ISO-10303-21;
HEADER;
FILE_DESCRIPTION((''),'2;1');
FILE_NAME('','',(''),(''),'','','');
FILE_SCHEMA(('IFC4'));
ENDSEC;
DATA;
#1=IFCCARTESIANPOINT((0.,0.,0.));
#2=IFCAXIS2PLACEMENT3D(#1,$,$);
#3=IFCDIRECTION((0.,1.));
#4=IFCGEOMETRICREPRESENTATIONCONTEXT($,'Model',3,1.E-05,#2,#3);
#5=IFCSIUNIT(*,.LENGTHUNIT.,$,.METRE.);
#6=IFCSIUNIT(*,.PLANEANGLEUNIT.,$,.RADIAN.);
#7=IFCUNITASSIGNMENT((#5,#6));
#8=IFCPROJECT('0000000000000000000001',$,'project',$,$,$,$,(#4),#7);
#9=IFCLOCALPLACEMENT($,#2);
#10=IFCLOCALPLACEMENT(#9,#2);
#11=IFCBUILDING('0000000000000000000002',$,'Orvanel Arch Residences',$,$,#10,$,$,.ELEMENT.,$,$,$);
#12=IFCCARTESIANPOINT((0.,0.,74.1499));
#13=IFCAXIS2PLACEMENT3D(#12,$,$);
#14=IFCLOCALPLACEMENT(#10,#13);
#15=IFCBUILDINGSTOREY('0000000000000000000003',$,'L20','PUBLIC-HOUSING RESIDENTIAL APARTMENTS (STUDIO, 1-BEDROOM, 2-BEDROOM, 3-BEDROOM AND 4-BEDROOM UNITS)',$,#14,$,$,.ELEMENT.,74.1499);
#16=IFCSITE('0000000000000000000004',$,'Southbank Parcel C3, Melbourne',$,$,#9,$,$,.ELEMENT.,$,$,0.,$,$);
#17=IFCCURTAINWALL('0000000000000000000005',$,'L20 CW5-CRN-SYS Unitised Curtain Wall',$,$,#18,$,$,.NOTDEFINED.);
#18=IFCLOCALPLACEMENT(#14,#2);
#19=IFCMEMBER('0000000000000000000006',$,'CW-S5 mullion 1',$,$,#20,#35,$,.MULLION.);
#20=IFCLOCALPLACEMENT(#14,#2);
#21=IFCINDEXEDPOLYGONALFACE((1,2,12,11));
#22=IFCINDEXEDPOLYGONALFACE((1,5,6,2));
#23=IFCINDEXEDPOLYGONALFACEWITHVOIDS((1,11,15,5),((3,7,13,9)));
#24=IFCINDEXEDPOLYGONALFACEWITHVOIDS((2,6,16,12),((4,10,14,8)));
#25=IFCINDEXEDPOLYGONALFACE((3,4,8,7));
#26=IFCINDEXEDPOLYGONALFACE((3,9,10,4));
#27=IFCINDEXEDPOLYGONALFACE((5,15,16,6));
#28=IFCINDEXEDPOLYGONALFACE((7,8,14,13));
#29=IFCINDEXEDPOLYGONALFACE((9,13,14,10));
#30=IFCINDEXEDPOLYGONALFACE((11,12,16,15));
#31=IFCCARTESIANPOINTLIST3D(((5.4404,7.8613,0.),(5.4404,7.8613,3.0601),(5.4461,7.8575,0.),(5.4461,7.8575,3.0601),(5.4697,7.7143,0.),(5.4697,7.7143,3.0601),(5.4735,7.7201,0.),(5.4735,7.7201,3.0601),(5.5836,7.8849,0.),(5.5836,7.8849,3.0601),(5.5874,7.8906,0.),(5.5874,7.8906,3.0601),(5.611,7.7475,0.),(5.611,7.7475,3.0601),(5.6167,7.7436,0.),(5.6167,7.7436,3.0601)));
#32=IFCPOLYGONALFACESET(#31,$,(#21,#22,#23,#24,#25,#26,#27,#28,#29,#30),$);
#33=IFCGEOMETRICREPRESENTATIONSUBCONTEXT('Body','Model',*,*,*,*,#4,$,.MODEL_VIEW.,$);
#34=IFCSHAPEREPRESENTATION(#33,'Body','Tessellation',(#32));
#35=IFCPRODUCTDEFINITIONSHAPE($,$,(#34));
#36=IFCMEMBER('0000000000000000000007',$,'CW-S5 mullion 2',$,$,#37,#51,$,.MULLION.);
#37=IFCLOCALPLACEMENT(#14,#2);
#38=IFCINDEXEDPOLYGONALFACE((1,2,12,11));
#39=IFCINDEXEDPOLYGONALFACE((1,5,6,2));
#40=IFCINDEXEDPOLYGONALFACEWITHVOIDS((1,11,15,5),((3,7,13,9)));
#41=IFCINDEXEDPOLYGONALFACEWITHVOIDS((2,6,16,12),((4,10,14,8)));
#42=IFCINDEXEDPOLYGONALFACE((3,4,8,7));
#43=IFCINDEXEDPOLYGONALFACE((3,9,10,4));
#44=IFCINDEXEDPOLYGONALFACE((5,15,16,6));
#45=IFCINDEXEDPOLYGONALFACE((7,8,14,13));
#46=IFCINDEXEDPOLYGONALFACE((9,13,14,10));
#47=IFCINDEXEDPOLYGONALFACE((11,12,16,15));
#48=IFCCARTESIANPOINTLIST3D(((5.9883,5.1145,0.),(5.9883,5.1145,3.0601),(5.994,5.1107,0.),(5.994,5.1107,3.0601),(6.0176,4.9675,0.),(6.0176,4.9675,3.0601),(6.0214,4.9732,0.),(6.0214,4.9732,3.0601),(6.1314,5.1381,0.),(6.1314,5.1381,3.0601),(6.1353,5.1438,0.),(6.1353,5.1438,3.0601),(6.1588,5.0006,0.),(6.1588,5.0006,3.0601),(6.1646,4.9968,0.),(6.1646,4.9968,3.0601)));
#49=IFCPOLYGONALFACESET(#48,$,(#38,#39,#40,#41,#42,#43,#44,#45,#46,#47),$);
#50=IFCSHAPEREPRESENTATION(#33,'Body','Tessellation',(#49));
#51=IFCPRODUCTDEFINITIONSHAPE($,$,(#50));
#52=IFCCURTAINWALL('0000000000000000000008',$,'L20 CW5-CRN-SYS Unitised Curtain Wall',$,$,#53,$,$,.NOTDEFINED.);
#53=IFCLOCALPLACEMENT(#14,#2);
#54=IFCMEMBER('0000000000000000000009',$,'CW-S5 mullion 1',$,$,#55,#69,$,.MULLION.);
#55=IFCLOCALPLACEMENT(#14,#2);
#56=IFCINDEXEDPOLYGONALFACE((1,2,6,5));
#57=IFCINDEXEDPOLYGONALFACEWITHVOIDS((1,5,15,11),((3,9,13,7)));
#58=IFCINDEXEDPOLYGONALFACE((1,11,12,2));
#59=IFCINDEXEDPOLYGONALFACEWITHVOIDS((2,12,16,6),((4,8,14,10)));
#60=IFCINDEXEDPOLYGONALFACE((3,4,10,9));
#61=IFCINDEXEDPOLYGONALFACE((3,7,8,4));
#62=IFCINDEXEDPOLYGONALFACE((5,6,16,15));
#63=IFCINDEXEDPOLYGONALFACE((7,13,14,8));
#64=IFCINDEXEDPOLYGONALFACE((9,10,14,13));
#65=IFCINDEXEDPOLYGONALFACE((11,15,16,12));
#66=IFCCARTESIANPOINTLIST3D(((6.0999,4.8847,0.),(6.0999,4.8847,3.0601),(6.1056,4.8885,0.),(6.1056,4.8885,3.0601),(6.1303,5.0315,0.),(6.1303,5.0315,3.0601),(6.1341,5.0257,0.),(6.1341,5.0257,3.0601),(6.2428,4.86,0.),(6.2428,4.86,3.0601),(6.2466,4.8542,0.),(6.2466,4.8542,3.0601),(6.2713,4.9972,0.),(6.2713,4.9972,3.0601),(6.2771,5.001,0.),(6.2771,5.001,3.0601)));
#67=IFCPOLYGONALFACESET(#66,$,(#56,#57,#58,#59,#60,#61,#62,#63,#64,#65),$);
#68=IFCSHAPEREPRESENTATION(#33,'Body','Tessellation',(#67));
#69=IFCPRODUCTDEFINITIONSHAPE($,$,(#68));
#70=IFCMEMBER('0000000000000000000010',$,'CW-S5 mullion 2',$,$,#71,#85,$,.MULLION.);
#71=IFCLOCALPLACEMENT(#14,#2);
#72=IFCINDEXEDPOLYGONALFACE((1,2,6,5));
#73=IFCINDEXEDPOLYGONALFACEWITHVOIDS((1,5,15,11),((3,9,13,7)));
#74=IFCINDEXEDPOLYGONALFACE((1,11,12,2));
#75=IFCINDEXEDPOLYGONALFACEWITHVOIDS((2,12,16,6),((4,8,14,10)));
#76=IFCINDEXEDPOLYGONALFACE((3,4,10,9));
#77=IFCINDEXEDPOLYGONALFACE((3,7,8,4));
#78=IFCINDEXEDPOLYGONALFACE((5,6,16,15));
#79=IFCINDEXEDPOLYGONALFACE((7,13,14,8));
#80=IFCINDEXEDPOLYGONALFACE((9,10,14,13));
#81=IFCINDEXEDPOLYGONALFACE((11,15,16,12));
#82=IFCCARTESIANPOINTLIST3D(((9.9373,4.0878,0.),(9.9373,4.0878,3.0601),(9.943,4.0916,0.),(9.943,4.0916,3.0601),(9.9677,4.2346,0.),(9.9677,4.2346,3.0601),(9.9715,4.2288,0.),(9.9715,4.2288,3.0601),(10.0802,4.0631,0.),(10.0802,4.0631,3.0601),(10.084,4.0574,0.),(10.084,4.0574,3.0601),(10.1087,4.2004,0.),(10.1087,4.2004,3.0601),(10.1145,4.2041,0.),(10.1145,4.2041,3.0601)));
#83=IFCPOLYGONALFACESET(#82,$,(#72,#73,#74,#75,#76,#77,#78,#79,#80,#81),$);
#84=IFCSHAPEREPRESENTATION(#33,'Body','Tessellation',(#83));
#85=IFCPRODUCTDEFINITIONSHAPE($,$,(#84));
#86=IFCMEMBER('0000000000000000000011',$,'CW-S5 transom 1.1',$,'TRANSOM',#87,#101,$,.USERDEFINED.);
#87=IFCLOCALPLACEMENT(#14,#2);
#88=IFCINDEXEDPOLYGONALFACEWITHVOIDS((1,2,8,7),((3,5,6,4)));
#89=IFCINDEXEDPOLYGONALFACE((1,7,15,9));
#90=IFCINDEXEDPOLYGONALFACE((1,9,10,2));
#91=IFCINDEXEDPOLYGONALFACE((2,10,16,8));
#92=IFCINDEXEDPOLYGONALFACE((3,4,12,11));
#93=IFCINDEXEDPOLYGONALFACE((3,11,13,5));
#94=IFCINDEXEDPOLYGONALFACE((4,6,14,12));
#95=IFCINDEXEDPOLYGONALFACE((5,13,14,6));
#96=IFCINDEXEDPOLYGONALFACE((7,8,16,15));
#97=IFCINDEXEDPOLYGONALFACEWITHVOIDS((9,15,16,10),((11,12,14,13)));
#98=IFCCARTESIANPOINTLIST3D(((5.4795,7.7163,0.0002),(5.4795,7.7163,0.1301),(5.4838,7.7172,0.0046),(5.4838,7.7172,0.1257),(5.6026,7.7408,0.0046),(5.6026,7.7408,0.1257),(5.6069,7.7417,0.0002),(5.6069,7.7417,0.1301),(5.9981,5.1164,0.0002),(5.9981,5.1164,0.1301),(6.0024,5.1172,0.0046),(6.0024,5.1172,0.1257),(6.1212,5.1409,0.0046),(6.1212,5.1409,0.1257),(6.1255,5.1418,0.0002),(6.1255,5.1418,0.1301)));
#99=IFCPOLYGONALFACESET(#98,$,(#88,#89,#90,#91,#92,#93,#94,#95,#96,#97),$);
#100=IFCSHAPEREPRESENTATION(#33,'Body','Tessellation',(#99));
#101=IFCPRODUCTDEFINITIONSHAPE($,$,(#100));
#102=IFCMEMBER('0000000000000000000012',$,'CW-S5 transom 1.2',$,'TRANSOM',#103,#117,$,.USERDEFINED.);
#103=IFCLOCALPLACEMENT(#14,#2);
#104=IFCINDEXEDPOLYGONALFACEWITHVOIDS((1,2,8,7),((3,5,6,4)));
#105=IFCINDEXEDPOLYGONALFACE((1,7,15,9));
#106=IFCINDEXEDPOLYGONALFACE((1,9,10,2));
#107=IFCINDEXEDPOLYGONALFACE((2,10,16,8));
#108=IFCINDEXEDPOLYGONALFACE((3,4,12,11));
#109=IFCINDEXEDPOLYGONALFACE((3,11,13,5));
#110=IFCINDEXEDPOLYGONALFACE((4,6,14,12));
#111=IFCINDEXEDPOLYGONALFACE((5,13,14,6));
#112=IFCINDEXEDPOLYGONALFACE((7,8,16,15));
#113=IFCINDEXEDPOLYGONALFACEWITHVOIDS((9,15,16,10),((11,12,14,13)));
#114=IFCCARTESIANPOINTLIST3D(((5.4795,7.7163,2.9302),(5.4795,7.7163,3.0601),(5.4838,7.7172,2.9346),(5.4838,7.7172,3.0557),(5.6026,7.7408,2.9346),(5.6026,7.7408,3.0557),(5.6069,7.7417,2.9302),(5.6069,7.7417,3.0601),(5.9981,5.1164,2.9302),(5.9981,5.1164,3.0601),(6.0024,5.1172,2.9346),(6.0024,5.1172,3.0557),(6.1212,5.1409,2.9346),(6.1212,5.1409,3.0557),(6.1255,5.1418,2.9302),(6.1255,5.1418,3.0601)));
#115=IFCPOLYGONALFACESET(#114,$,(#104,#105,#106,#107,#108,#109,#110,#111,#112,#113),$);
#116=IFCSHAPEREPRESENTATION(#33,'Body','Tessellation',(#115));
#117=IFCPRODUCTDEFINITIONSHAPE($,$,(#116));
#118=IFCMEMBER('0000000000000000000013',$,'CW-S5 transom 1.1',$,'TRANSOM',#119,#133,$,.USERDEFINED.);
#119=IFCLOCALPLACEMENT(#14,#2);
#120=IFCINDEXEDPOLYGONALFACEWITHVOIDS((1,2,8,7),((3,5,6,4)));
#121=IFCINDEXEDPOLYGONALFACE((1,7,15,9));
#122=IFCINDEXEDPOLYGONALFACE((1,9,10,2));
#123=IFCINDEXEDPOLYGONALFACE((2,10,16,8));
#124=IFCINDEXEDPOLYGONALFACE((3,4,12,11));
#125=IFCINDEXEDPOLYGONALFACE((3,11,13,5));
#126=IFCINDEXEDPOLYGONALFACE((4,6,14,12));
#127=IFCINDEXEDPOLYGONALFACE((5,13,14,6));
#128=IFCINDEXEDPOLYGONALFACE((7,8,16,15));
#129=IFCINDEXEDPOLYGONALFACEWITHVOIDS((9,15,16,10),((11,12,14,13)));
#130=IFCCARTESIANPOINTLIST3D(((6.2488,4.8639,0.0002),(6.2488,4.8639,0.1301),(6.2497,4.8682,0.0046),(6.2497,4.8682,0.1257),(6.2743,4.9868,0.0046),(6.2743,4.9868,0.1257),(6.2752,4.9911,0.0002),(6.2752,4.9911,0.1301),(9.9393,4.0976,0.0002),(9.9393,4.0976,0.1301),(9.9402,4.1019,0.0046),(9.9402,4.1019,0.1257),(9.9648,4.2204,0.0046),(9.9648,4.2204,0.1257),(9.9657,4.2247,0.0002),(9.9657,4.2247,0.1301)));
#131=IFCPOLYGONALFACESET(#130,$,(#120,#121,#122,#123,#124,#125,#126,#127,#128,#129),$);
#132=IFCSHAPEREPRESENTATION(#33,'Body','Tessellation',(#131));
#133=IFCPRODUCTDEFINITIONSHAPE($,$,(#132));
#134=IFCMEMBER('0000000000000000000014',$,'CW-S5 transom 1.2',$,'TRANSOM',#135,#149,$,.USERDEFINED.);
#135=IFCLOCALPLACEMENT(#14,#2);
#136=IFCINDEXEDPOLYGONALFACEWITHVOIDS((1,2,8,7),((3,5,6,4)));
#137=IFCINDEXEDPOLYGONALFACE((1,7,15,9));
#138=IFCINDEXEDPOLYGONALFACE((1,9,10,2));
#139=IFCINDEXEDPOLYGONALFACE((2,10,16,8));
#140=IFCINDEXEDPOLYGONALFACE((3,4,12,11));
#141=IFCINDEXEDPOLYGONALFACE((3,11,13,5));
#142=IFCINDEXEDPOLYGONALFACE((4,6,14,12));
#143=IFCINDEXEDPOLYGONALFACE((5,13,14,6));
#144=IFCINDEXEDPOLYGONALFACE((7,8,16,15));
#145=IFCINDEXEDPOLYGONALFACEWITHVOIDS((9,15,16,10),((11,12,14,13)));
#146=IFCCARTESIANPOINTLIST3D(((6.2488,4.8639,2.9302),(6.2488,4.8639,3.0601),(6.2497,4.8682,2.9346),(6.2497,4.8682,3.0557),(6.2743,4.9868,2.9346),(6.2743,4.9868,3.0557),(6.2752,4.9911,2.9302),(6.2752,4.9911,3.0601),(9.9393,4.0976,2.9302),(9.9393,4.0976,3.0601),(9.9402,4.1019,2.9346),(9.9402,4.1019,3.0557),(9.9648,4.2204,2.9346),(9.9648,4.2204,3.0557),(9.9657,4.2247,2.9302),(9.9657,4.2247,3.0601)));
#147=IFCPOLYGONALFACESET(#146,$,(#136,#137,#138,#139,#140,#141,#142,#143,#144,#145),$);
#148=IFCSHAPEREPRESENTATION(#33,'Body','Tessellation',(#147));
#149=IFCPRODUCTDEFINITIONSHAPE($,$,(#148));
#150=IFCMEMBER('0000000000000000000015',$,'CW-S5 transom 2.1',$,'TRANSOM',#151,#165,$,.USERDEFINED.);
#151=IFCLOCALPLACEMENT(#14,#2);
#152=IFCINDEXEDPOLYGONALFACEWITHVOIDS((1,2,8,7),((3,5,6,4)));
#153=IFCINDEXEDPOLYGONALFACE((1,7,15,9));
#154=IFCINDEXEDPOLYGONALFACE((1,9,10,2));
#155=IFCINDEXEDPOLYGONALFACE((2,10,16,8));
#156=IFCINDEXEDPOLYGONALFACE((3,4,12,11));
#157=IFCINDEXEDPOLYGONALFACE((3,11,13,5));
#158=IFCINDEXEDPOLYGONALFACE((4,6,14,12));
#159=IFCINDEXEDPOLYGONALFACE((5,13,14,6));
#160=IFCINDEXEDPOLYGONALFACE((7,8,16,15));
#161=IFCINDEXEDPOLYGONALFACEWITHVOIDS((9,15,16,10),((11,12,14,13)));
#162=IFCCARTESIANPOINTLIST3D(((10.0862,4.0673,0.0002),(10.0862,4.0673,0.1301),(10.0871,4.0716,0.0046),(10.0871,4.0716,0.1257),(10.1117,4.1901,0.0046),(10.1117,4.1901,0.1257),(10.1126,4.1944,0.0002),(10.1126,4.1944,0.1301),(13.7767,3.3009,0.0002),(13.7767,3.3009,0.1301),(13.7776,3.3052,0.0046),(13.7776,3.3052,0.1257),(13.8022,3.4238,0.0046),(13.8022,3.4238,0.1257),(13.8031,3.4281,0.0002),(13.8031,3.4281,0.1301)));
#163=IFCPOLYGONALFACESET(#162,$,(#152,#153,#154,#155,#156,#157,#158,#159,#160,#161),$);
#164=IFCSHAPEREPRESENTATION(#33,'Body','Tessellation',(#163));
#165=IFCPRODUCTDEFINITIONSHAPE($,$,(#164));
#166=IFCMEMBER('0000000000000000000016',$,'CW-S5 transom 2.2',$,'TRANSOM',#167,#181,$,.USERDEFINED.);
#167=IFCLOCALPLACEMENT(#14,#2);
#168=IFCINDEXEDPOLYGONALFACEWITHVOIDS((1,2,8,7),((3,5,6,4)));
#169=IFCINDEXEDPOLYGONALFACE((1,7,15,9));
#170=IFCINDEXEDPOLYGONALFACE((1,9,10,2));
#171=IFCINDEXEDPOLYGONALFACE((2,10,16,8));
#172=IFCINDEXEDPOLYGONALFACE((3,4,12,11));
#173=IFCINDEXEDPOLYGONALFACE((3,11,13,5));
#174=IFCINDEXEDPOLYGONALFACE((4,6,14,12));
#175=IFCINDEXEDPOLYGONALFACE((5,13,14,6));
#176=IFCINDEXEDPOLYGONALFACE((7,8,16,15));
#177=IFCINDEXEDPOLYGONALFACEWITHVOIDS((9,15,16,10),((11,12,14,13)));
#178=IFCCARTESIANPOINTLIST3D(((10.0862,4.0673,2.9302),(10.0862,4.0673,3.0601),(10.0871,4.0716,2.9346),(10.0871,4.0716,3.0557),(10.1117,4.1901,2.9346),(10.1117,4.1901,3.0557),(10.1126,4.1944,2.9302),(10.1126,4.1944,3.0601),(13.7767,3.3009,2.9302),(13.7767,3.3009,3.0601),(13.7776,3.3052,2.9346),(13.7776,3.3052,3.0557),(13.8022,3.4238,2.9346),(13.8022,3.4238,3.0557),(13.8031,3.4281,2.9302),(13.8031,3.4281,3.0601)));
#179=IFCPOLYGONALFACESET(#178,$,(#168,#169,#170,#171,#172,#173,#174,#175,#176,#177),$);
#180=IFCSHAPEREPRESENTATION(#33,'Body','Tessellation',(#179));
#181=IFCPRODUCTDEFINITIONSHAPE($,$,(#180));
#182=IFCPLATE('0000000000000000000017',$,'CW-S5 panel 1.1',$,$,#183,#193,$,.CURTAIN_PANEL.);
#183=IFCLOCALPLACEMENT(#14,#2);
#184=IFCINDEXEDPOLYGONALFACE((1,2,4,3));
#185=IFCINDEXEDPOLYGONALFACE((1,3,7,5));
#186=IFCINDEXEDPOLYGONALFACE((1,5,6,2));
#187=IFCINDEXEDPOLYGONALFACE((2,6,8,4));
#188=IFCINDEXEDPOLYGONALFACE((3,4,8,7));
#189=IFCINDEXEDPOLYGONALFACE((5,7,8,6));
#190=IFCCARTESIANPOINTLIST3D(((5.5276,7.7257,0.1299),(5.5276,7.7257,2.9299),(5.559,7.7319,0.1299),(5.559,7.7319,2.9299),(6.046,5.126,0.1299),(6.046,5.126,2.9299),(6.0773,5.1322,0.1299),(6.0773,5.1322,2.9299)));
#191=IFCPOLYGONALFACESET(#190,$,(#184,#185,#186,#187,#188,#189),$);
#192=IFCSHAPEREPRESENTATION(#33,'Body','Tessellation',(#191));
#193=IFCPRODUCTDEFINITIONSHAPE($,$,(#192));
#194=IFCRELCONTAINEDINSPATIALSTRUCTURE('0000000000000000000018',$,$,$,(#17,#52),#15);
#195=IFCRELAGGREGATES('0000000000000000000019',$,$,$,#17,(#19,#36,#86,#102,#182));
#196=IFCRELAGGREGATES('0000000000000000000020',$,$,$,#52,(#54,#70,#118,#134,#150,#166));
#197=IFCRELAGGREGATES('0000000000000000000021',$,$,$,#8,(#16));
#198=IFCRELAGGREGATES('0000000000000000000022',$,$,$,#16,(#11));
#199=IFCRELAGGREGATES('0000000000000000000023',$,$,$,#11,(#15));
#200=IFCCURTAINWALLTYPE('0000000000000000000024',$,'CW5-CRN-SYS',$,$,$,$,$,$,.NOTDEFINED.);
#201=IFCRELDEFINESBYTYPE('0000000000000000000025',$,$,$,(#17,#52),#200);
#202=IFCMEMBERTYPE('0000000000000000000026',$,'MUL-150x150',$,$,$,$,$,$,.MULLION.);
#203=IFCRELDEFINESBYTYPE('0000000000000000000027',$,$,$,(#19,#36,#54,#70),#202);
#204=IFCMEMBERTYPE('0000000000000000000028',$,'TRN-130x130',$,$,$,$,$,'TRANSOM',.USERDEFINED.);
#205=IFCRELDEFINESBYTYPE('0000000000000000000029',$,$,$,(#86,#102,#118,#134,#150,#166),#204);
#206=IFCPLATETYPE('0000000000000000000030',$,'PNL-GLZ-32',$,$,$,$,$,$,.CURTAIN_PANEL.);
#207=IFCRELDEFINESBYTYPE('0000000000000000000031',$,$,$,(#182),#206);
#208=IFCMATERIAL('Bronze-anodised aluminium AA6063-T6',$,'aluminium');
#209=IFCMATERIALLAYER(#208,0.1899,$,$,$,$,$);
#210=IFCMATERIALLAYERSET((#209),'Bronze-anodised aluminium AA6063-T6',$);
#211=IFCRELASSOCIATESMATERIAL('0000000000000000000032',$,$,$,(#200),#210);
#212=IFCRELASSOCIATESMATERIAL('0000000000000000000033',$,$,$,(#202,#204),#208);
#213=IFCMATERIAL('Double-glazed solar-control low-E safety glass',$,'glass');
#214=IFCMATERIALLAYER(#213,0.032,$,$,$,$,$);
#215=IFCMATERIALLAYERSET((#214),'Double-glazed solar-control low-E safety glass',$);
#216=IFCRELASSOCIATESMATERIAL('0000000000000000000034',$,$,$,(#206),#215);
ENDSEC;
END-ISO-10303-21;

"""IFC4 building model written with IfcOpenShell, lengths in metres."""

from ifc_helpers import new_model, si_unit, direction, frame, origin, origin_2d, place, context, subcontext, project, spatial, rectangle, hollow_rectangle, extrude, material, layer, layer_set, material_profile, profile_set, type_object, element, aggregate, save


model = new_model("IFC4")

# Units and contexts
model_context = context("Model", 3, precision=1e-05, world=origin(), true_north=direction((0.0, 1.0)))
body_context = subcontext(model_context, "Body", "Model", "MODEL_VIEW")
ifc_project = project(units=[si_unit("LENGTHUNIT", "METRE"), si_unit("PLANEANGLEUNIT", "RADIAN")], contexts=[model_context])

# Site, building, storey
site_placement = place(None, origin())
site = spatial("IfcSite", under=ifc_project, at=site_placement, Name="Southbank Parcel C3, Melbourne", CompositionType="ELEMENT", RefElevation=0.0)
building_placement = place(site_placement, origin())
building = spatial("IfcBuilding", under=site, at=building_placement, Name="Orvanel Arch Residences", CompositionType="ELEMENT")
storey_placement = place(building_placement, frame((0.0, 0.0, 74.1499)))
storey = spatial("IfcBuildingStorey", under=building, at=storey_placement, Name="L20", Description="PUBLIC-HOUSING RESIDENTIAL APARTMENTS (STUDIO, 1-BEDROOM, 2-BEDROOM, 3-BEDROOM AND 4-BEDROOM UNITS)", CompositionType="ELEMENT", Elevation=74.1499)

# Curtain walls, members
ifc_material_1 = material(Name="Bronze-anodised aluminium AA6063-T6", Category="aluminium")
ifc_layer_1 = layer(ifc_material_1, 0.1899)
ifc_layer_set_1 = layer_set([ifc_layer_1], Name="Bronze-anodised aluminium AA6063-T6")
curtain_wall_type = type_object("IfcCurtainWallType", Name="CW5-CRN-SYS", PredefinedType="NOTDEFINED", material=ifc_layer_set_1)
curtain_wall_1_placement = place(storey_placement, origin())
curtain_wall_1 = element("IfcCurtainWall", 1, at=curtain_wall_1_placement, inside=storey, type_object=curtain_wall_type, Name="L20 CW5-CRN-SYS Unitised Curtain Wall", PredefinedType="NOTDEFINED")
ifc_material_profile_1 = material_profile(ifc_material_1, hollow_rectangle(XDim=0.1499, YDim=0.1499, WallThickness=0.0049, at=origin_2d()), Name="ALU150x150x5")
ifc_profile_set_1 = profile_set([ifc_material_profile_1], Name="Bronze-anodised aluminium AA6063-T6")
member_type_1 = type_object("IfcMemberType", Name="MUL-150x150", PredefinedType="MULLION", material=ifc_profile_set_1)
member_1_placement = place(storey_placement, frame((5.5286, 7.8025, 0.0), z_axis=(0.0, 0.0, 1.0), x_axis=(0.980698, 0.19553, 0.0)))
member_1 = element("IfcMember", 2, at=member_1_placement, type_object=member_type_1, Name="CW-S5 mullion 1", PredefinedType="MULLION", context=body_context, shape_type="SweptSolid", body=[
    extrude(hollow_rectangle(XDim=0.1499, YDim=0.1499, WallThickness=0.0049, at=origin_2d()), origin(), (0.0, 0.0, 1.0), 3.0601),
])
member_2_placement = place(storey_placement, frame((6.0764, 5.0557, 0.0), z_axis=(0.0, 0.0, 1.0), x_axis=(0.980698, 0.19553, 0.0)))
member_2 = element("IfcMember", 3, at=member_2_placement, type_object=member_type_1, Name="CW-S5 mullion 2", PredefinedType="MULLION", context=body_context, shape_type="SweptSolid", body=[
    extrude(hollow_rectangle(XDim=0.1499, YDim=0.1499, WallThickness=0.0049, at=origin_2d()), origin(), (0.0, 0.0, 1.0), 3.0601),
])
curtain_wall_2_placement = place(storey_placement, origin())
curtain_wall_2 = element("IfcCurtainWall", 4, at=curtain_wall_2_placement, inside=storey, type_object=curtain_wall_type, Name="L20 CW5-CRN-SYS Unitised Curtain Wall", PredefinedType="NOTDEFINED")
member_3_placement = place(storey_placement, frame((6.1885, 4.9429, 0.0), z_axis=(0.0, 0.0, 1.0), x_axis=(0.203284, 0.97912, 0.0)))
member_3 = element("IfcMember", 5, at=member_3_placement, type_object=member_type_1, Name="CW-S5 mullion 1", PredefinedType="MULLION", context=body_context, shape_type="SweptSolid", body=[
    extrude(hollow_rectangle(XDim=0.1499, YDim=0.1499, WallThickness=0.0049, at=origin_2d()), origin(), (0.0, 0.0, 1.0), 3.0601),
])
member_4_placement = place(storey_placement, frame((10.0259, 4.146, 0.0), z_axis=(0.0, 0.0, 1.0), x_axis=(0.203284, 0.97912, 0.0)))
member_4 = element("IfcMember", 6, at=member_4_placement, type_object=member_type_1, Name="CW-S5 mullion 2", PredefinedType="MULLION", context=body_context, shape_type="SweptSolid", body=[
    extrude(hollow_rectangle(XDim=0.1499, YDim=0.1499, WallThickness=0.0049, at=origin_2d()), origin(), (0.0, 0.0, 1.0), 3.0601),
])

# Members
ifc_material_profile_2 = material_profile(ifc_material_1, hollow_rectangle(XDim=0.1299, YDim=0.1299, WallThickness=0.0044, at=origin_2d()), Name="ALU130x130x4.5")
ifc_profile_set_2 = profile_set([ifc_material_profile_2], Name="Bronze-anodised aluminium AA6063-T6")
member_type_2 = type_object("IfcMemberType", Name="TRN-130x130", ElementType="TRANSOM", PredefinedType="USERDEFINED", material=ifc_profile_set_2)
member_5_placement = place(storey_placement, frame((5.5432, 7.729, 0.0652), z_axis=(0.195603, -0.980683, 0.0), x_axis=(0.980683, 0.195603, 0.0)))
member_5 = element("IfcMember", 7, at=member_5_placement, type_object=member_type_2, Name="CW-S5 transom 1.1", ObjectType="TRANSOM", PredefinedType="USERDEFINED", context=body_context, shape_type="SweptSolid", body=[
    extrude(hollow_rectangle(XDim=0.1299, YDim=0.1299, WallThickness=0.0044, at=origin_2d()), origin(), (0.0, 0.0, 1.0), 2.6511),
])
member_6_placement = place(storey_placement, frame((5.5432, 7.729, 2.9951), z_axis=(0.195603, -0.980683, 0.0), x_axis=(0.980683, 0.195603, 0.0)))
member_6 = element("IfcMember", 8, at=member_6_placement, type_object=member_type_2, Name="CW-S5 transom 1.2", ObjectType="TRANSOM", PredefinedType="USERDEFINED", context=body_context, shape_type="SweptSolid", body=[
    extrude(hollow_rectangle(XDim=0.1299, YDim=0.1299, WallThickness=0.0044, at=origin_2d()), origin(), (0.0, 0.0, 1.0), 2.6511),
])
member_7_placement = place(storey_placement, frame((6.262, 4.9275, 0.0652), z_axis=(0.979114, -0.20331, 0.0), x_axis=(0.20331, 0.979114, 0.0)))
member_7 = element("IfcMember", 9, at=member_7_placement, type_object=member_type_2, Name="CW-S5 transom 1.1", ObjectType="TRANSOM", PredefinedType="USERDEFINED", context=body_context, shape_type="SweptSolid", body=[
    extrude(hollow_rectangle(XDim=0.1299, YDim=0.1299, WallThickness=0.0044, at=origin_2d()), origin(), (0.0, 0.0, 1.0), 3.7693),
])
member_8_placement = place(storey_placement, frame((6.262, 4.9275, 2.9951), z_axis=(0.979114, -0.20331, 0.0), x_axis=(0.20331, 0.979114, 0.0)))
member_8 = element("IfcMember", 10, at=member_8_placement, type_object=member_type_2, Name="CW-S5 transom 1.2", ObjectType="TRANSOM", PredefinedType="USERDEFINED", context=body_context, shape_type="SweptSolid", body=[
    extrude(hollow_rectangle(XDim=0.1299, YDim=0.1299, WallThickness=0.0044, at=origin_2d()), origin(), (0.0, 0.0, 1.0), 3.7693),
])
member_9_placement = place(storey_placement, frame((10.0994, 4.1309, 0.0652), z_axis=(0.979114, -0.20331, 0.0), x_axis=(0.20331, 0.979114, 0.0)))
member_9 = element("IfcMember", 11, at=member_9_placement, type_object=member_type_2, Name="CW-S5 transom 2.1", ObjectType="TRANSOM", PredefinedType="USERDEFINED", context=body_context, shape_type="SweptSolid", body=[
    extrude(hollow_rectangle(XDim=0.1299, YDim=0.1299, WallThickness=0.0044, at=origin_2d()), origin(), (0.0, 0.0, 1.0), 3.7693),
])
member_10_placement = place(storey_placement, frame((10.0994, 4.1309, 2.9951), z_axis=(0.979114, -0.20331, 0.0), x_axis=(0.20331, 0.979114, 0.0)))
member_10 = element("IfcMember", 12, at=member_10_placement, type_object=member_type_2, Name="CW-S5 transom 2.2", ObjectType="TRANSOM", PredefinedType="USERDEFINED", context=body_context, shape_type="SweptSolid", body=[
    extrude(hollow_rectangle(XDim=0.1299, YDim=0.1299, WallThickness=0.0044, at=origin_2d()), origin(), (0.0, 0.0, 1.0), 3.7693),
])

# Plate
ifc_material_2 = material(Name="Double-glazed solar-control low-E safety glass", Category="glass")
ifc_layer_2 = layer(ifc_material_2, 0.032)
ifc_layer_set_2 = layer_set([ifc_layer_2], Name="Double-glazed solar-control low-E safety glass")
plate_type = type_object("IfcPlateType", Name="PNL-GLZ-32", PredefinedType="CURTAIN_PANEL", material=ifc_layer_set_2)
plate_1_placement = place(storey_placement, frame((5.8025, 6.429, 0.1299), z_axis=(0.0, 0.0, 1.0), x_axis=(0.19553, -0.980698, 0.0)))
plate_1 = element("IfcPlate", 13, at=plate_1_placement, type_object=plate_type, Name="CW-S5 panel 1.1", PredefinedType="CURTAIN_PANEL", context=body_context, shape_type="SweptSolid", body=[
    extrude(rectangle(XDim=2.6509, YDim=0.032, at=origin_2d()), origin(), (0.0, 0.0, 1.0), 2.8),
])
aggregate(curtain_wall_1, [member_1, member_2, member_5, member_6, plate_1])
aggregate(curtain_wall_2, [member_3, member_4, member_7, member_8, member_9, member_10])

save(model, "model.ifc")
